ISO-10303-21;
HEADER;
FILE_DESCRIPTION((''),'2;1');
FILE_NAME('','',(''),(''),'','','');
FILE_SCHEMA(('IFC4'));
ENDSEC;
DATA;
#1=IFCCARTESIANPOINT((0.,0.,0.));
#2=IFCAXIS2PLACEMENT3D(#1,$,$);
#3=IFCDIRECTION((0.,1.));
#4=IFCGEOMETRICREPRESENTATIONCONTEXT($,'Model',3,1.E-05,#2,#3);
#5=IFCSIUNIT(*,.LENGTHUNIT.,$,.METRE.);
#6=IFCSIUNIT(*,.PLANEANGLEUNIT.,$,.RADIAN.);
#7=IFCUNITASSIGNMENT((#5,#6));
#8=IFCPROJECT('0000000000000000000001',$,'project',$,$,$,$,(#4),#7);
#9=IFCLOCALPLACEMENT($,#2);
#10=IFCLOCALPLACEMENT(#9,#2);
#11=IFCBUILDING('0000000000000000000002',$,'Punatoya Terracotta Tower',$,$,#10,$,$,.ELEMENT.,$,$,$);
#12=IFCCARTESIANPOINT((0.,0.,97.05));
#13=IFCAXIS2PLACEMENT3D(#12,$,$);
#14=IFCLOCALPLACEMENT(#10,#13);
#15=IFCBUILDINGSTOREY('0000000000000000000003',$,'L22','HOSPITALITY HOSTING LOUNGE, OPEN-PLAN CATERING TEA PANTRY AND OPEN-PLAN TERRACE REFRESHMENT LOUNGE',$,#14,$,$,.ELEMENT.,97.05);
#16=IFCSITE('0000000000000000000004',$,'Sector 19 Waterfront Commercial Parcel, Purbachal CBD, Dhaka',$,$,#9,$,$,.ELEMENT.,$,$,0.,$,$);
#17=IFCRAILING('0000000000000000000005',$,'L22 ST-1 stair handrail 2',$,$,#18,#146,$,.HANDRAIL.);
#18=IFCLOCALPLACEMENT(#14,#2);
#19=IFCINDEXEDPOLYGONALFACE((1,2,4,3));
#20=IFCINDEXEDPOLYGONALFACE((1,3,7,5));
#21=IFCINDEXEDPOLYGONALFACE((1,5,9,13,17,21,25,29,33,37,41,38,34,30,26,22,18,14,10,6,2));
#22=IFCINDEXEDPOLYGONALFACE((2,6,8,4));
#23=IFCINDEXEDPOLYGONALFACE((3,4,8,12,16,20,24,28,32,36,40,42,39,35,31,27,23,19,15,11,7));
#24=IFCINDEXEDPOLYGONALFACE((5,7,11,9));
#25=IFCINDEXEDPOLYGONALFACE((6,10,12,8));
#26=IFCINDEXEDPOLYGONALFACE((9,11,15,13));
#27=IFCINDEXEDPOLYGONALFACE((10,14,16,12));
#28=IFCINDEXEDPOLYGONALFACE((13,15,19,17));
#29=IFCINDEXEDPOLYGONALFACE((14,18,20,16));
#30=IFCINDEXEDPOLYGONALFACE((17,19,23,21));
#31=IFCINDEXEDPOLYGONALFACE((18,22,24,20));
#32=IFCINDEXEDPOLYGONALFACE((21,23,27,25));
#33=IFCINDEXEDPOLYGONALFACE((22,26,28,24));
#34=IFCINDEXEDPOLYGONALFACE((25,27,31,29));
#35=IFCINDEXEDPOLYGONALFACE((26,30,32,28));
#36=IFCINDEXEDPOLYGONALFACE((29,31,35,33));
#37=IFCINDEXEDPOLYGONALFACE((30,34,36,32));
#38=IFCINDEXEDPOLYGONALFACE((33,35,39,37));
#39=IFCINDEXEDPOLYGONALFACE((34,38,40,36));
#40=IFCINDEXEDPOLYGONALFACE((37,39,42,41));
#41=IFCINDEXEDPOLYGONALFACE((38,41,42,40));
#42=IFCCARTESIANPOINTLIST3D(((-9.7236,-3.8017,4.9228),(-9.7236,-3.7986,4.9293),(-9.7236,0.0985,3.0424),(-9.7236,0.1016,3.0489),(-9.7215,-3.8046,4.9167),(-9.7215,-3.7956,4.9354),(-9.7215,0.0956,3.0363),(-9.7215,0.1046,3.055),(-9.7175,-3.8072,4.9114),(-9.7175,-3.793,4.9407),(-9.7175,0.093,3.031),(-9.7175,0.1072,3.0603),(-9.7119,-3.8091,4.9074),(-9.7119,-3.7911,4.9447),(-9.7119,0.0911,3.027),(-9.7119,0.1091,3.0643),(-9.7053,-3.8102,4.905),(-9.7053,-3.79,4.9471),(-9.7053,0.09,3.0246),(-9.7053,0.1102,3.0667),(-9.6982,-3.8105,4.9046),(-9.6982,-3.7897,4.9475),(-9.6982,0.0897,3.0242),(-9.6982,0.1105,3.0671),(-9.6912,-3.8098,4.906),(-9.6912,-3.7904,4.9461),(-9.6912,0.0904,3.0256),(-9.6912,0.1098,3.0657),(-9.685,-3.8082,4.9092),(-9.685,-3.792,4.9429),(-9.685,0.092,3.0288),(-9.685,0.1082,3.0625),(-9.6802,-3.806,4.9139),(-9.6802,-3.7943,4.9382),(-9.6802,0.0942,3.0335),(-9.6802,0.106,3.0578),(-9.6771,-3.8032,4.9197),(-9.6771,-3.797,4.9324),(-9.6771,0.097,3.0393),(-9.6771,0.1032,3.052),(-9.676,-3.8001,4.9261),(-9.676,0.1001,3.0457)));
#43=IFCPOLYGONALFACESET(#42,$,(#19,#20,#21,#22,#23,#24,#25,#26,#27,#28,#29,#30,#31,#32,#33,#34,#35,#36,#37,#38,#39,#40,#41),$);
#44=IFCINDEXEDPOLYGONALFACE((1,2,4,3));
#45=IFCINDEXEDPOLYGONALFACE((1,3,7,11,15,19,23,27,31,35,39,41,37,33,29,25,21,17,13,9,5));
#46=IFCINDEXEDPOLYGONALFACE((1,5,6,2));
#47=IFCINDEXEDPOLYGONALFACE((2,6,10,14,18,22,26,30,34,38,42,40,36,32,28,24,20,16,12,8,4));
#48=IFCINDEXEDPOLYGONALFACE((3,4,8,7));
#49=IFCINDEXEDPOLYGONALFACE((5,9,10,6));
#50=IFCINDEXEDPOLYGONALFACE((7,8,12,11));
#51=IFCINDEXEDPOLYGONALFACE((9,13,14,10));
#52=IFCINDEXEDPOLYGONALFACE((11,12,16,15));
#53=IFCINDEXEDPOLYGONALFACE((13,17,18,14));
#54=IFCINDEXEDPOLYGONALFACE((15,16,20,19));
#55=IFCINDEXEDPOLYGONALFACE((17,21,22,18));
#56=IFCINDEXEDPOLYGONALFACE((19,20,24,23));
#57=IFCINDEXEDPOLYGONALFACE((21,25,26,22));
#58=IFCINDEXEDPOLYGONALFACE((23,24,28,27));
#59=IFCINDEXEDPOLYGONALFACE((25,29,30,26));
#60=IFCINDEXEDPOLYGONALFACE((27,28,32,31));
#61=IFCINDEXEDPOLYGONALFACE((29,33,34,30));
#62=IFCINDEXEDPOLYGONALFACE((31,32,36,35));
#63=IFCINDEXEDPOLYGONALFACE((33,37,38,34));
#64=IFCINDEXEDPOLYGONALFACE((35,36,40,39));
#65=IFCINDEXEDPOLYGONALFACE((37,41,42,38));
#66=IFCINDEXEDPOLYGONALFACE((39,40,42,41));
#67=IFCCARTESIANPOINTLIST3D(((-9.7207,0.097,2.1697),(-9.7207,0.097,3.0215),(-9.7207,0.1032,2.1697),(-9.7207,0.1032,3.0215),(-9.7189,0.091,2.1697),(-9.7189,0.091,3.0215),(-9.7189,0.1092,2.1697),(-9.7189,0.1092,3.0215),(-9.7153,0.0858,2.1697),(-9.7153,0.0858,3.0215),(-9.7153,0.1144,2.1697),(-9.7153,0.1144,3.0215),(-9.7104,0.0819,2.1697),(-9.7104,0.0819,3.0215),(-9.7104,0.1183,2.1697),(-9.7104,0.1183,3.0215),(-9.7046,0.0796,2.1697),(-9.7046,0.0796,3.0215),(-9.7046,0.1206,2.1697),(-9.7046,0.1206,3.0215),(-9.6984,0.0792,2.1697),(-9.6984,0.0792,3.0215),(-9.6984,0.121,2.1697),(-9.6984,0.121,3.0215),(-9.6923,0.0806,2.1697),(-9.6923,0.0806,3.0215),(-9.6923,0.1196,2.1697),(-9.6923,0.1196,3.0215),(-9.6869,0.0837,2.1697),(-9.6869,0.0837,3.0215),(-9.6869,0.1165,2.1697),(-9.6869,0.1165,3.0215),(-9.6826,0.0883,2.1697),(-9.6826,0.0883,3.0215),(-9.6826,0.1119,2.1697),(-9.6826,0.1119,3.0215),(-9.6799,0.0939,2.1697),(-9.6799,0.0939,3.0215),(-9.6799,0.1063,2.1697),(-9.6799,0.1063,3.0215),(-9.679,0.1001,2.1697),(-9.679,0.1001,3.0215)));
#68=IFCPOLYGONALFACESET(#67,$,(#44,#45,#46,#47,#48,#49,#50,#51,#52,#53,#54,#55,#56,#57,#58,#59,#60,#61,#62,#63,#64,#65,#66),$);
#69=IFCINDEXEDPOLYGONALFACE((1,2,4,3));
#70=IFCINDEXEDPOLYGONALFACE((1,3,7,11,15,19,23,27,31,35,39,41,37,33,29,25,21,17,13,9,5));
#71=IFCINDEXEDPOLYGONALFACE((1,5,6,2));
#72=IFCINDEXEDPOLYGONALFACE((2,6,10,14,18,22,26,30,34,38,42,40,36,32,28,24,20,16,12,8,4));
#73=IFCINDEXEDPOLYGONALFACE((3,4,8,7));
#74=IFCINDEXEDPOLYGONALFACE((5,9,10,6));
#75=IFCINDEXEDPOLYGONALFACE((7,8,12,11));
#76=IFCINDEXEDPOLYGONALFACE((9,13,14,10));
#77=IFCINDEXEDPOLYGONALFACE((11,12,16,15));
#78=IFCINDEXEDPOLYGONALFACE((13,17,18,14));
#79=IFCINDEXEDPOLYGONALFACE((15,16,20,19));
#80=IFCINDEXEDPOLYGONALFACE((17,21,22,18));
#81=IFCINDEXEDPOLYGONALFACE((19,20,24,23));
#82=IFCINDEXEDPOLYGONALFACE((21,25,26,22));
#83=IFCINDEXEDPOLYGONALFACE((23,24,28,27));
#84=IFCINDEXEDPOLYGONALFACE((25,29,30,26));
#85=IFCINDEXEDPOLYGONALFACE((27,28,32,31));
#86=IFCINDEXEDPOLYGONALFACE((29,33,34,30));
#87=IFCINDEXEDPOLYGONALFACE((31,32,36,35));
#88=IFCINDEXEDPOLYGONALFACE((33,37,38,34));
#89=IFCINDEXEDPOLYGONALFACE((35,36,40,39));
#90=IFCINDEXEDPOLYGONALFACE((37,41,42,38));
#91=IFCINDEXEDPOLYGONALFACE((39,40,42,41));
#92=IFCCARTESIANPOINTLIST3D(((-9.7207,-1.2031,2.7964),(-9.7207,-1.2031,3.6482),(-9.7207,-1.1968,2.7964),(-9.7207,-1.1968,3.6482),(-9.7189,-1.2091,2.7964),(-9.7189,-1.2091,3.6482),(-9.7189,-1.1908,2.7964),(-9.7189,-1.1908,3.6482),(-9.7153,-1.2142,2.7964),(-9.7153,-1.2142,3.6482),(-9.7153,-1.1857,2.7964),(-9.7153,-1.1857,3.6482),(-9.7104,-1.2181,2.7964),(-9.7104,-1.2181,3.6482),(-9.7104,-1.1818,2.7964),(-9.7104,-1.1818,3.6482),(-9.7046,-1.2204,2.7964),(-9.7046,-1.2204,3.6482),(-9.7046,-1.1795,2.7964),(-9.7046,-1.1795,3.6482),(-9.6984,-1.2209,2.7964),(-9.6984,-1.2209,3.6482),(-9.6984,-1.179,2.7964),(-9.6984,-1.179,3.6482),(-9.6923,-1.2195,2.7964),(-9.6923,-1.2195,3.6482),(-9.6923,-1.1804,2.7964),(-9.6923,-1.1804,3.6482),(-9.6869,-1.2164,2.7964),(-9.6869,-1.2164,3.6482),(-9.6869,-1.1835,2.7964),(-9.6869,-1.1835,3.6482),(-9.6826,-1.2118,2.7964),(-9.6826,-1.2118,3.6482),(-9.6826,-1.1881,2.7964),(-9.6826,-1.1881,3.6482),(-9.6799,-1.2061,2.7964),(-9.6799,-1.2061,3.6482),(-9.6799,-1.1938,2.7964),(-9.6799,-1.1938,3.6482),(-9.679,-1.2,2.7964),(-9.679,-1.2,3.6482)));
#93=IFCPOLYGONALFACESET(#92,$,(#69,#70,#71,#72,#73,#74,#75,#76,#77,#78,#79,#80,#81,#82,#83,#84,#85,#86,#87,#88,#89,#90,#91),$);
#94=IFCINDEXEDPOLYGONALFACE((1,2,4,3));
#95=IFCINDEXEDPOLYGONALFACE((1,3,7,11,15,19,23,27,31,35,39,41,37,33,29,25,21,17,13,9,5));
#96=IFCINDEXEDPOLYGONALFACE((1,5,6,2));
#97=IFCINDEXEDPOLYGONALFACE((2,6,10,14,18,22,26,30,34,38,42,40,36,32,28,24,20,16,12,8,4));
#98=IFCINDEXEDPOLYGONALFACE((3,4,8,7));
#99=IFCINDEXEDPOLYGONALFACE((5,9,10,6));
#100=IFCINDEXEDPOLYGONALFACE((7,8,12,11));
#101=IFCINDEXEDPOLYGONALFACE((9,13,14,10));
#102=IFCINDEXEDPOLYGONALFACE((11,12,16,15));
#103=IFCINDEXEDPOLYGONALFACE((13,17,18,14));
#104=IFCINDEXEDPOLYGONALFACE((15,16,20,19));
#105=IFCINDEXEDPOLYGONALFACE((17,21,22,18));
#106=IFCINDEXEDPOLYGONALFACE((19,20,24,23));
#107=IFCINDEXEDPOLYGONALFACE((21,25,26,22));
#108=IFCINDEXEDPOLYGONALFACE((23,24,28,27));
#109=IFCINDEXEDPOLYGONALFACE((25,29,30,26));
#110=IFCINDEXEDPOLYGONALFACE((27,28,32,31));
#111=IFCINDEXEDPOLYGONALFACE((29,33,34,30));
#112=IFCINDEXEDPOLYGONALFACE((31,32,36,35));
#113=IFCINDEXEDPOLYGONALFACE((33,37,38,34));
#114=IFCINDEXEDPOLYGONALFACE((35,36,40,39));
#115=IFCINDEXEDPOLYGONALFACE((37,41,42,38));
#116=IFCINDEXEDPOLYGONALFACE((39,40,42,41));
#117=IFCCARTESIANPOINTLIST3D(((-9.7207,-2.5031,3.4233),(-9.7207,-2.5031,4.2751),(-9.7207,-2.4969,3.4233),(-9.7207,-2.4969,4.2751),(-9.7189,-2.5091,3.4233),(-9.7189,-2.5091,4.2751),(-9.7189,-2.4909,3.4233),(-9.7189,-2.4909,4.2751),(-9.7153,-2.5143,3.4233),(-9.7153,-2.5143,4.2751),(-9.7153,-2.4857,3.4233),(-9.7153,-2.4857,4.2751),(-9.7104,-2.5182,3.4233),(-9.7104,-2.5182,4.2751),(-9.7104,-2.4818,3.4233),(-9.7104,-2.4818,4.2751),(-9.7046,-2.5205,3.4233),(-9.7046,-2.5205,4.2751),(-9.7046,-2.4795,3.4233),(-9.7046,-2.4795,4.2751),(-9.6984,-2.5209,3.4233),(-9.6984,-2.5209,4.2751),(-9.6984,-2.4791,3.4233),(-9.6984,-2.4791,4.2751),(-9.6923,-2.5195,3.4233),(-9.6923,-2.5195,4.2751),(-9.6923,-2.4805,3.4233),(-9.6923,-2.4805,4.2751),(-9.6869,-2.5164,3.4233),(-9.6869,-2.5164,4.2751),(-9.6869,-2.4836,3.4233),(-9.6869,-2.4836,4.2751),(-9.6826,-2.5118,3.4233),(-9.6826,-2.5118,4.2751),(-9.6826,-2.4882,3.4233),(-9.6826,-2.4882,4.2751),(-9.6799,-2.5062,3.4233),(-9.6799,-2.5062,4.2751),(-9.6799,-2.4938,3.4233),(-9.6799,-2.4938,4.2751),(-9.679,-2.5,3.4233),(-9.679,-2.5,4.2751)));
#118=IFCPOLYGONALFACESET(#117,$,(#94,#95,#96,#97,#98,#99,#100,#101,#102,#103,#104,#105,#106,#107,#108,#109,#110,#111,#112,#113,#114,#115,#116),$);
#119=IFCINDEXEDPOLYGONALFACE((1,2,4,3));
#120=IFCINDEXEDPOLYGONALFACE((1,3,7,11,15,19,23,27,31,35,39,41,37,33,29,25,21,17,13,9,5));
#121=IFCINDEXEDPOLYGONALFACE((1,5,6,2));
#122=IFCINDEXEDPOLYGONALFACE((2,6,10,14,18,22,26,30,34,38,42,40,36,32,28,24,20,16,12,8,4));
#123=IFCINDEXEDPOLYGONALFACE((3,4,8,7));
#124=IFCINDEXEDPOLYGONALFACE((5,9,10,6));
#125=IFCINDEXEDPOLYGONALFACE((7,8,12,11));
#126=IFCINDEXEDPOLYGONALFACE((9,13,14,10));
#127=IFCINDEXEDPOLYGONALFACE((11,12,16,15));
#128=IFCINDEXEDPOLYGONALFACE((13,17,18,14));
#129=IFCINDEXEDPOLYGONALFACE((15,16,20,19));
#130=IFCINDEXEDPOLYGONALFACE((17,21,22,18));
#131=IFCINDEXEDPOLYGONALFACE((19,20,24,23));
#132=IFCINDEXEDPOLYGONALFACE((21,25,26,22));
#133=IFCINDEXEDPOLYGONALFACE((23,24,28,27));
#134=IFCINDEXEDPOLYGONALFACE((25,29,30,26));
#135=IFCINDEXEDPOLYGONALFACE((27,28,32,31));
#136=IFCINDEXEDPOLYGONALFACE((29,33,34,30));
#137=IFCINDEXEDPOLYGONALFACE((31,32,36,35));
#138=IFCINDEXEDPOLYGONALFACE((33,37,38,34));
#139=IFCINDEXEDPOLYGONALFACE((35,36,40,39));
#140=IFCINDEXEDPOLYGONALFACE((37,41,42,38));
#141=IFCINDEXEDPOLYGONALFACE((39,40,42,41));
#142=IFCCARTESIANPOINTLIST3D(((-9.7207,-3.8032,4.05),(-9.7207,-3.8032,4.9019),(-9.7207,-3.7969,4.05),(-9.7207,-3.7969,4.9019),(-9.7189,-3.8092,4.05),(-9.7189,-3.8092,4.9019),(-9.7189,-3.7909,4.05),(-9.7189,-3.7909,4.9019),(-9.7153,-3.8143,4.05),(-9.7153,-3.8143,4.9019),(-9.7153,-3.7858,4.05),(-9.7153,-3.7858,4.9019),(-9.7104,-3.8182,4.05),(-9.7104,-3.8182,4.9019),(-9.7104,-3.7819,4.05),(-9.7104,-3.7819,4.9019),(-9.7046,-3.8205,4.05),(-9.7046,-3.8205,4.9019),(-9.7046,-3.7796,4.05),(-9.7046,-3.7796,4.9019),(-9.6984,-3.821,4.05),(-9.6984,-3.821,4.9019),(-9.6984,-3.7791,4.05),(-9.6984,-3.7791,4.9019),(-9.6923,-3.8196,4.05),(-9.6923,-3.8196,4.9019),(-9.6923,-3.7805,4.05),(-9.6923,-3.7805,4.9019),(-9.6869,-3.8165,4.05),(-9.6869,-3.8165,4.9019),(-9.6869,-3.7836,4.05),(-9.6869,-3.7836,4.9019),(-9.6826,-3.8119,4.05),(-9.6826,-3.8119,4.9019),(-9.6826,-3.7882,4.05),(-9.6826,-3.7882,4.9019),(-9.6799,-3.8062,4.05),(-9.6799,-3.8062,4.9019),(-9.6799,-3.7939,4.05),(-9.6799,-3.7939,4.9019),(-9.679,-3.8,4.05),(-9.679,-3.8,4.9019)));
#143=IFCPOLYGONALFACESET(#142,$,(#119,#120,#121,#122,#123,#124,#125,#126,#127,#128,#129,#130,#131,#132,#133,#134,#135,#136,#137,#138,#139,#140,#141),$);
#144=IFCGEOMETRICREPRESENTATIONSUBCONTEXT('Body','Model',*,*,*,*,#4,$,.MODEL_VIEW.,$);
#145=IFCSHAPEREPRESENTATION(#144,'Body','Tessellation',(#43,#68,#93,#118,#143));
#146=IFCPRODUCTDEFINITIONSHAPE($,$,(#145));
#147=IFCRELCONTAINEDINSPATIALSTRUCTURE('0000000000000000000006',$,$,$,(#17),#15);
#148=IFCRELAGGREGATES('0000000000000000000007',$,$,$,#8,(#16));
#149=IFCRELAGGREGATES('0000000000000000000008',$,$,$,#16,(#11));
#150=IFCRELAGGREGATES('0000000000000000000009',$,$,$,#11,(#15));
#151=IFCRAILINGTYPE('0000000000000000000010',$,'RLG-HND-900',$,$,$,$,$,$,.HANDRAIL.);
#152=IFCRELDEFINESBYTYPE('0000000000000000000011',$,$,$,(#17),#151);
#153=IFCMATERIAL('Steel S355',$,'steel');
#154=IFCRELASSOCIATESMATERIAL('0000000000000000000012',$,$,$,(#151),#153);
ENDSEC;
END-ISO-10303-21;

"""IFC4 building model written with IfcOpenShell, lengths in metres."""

from ifc_helpers import new_model, si_unit, direction, frame, origin, origin_2d, place, context, subcontext, project, spatial, circle, extrude, material, type_object, element, save


model = new_model("IFC4")

# Units and contexts
model_context = context("Model", 3, precision=1e-05, world=origin(), true_north=direction((0.0, 1.0)))
body_context = subcontext(model_context, "Body", "Model", "MODEL_VIEW")
ifc_project = project(units=[si_unit("LENGTHUNIT", "METRE"), si_unit("PLANEANGLEUNIT", "RADIAN")], contexts=[model_context])

# Site, building, storey
site_placement = place(None, origin())
site = spatial("IfcSite", under=ifc_project, at=site_placement, Name="Sector 19 Waterfront Commercial Parcel, Purbachal CBD, Dhaka", CompositionType="ELEMENT", RefElevation=0.0)
building_placement = place(site_placement, origin())
building = spatial("IfcBuilding", under=site, at=building_placement, Name="Punatoya Terracotta Tower", CompositionType="ELEMENT")
storey_placement = place(building_placement, frame((0.0, 0.0, 97.05)))
storey = spatial("IfcBuildingStorey", under=building, at=storey_placement, Name="L22", Description="HOSPITALITY HOSTING LOUNGE, OPEN-PLAN CATERING TEA PANTRY AND OPEN-PLAN TERRACE REFRESHMENT LOUNGE", CompositionType="ELEMENT", Elevation=97.05)

# Shared definitions
ifc_material_1 = material(Name="Steel S355", Category="steel")

# Railing
railing_type_1 = type_object("IfcRailingType", Name="RLG-HND-900", PredefinedType="HANDRAIL", material=ifc_material_1)
railing_1_placement = place(storey_placement, frame((-9.7, 0.1001, 2.1697)))
element("IfcRailing", 1, at=railing_1_placement, inside=storey, type_object=railing_type_1, Name="L22 ST-1 stair handrail 2", PredefinedType="HANDRAIL", context=body_context, shape_type="SweptSolid", body=[
    extrude(circle(Radius=0.0239, at=origin_2d()), frame((0.0, 0.0, 0.876), z_axis=(0.0, -0.900774, 0.434289), x_axis=(1.0, 0.0, 0.0)), (0.0, 0.0, 1.0), 4.3298),
    extrude(circle(Radius=0.021, at=origin_2d()), origin(), (0.0, 0.0, 1.0), 0.8518),
    extrude(circle(Radius=0.021, at=origin_2d()), frame((0.0, -1.3, 0.6267)), (0.0, 0.0, 1.0), 0.8518),
    extrude(circle(Radius=0.021, at=origin_2d()), frame((0.0, -2.6001, 1.2537)), (0.0, 0.0, 1.0), 0.8518),
    extrude(circle(Radius=0.021, at=origin_2d()), frame((0.0, -3.9001, 1.8804)), (0.0, 0.0, 1.0), 0.8518),
])

save(model, "model.ifc")
